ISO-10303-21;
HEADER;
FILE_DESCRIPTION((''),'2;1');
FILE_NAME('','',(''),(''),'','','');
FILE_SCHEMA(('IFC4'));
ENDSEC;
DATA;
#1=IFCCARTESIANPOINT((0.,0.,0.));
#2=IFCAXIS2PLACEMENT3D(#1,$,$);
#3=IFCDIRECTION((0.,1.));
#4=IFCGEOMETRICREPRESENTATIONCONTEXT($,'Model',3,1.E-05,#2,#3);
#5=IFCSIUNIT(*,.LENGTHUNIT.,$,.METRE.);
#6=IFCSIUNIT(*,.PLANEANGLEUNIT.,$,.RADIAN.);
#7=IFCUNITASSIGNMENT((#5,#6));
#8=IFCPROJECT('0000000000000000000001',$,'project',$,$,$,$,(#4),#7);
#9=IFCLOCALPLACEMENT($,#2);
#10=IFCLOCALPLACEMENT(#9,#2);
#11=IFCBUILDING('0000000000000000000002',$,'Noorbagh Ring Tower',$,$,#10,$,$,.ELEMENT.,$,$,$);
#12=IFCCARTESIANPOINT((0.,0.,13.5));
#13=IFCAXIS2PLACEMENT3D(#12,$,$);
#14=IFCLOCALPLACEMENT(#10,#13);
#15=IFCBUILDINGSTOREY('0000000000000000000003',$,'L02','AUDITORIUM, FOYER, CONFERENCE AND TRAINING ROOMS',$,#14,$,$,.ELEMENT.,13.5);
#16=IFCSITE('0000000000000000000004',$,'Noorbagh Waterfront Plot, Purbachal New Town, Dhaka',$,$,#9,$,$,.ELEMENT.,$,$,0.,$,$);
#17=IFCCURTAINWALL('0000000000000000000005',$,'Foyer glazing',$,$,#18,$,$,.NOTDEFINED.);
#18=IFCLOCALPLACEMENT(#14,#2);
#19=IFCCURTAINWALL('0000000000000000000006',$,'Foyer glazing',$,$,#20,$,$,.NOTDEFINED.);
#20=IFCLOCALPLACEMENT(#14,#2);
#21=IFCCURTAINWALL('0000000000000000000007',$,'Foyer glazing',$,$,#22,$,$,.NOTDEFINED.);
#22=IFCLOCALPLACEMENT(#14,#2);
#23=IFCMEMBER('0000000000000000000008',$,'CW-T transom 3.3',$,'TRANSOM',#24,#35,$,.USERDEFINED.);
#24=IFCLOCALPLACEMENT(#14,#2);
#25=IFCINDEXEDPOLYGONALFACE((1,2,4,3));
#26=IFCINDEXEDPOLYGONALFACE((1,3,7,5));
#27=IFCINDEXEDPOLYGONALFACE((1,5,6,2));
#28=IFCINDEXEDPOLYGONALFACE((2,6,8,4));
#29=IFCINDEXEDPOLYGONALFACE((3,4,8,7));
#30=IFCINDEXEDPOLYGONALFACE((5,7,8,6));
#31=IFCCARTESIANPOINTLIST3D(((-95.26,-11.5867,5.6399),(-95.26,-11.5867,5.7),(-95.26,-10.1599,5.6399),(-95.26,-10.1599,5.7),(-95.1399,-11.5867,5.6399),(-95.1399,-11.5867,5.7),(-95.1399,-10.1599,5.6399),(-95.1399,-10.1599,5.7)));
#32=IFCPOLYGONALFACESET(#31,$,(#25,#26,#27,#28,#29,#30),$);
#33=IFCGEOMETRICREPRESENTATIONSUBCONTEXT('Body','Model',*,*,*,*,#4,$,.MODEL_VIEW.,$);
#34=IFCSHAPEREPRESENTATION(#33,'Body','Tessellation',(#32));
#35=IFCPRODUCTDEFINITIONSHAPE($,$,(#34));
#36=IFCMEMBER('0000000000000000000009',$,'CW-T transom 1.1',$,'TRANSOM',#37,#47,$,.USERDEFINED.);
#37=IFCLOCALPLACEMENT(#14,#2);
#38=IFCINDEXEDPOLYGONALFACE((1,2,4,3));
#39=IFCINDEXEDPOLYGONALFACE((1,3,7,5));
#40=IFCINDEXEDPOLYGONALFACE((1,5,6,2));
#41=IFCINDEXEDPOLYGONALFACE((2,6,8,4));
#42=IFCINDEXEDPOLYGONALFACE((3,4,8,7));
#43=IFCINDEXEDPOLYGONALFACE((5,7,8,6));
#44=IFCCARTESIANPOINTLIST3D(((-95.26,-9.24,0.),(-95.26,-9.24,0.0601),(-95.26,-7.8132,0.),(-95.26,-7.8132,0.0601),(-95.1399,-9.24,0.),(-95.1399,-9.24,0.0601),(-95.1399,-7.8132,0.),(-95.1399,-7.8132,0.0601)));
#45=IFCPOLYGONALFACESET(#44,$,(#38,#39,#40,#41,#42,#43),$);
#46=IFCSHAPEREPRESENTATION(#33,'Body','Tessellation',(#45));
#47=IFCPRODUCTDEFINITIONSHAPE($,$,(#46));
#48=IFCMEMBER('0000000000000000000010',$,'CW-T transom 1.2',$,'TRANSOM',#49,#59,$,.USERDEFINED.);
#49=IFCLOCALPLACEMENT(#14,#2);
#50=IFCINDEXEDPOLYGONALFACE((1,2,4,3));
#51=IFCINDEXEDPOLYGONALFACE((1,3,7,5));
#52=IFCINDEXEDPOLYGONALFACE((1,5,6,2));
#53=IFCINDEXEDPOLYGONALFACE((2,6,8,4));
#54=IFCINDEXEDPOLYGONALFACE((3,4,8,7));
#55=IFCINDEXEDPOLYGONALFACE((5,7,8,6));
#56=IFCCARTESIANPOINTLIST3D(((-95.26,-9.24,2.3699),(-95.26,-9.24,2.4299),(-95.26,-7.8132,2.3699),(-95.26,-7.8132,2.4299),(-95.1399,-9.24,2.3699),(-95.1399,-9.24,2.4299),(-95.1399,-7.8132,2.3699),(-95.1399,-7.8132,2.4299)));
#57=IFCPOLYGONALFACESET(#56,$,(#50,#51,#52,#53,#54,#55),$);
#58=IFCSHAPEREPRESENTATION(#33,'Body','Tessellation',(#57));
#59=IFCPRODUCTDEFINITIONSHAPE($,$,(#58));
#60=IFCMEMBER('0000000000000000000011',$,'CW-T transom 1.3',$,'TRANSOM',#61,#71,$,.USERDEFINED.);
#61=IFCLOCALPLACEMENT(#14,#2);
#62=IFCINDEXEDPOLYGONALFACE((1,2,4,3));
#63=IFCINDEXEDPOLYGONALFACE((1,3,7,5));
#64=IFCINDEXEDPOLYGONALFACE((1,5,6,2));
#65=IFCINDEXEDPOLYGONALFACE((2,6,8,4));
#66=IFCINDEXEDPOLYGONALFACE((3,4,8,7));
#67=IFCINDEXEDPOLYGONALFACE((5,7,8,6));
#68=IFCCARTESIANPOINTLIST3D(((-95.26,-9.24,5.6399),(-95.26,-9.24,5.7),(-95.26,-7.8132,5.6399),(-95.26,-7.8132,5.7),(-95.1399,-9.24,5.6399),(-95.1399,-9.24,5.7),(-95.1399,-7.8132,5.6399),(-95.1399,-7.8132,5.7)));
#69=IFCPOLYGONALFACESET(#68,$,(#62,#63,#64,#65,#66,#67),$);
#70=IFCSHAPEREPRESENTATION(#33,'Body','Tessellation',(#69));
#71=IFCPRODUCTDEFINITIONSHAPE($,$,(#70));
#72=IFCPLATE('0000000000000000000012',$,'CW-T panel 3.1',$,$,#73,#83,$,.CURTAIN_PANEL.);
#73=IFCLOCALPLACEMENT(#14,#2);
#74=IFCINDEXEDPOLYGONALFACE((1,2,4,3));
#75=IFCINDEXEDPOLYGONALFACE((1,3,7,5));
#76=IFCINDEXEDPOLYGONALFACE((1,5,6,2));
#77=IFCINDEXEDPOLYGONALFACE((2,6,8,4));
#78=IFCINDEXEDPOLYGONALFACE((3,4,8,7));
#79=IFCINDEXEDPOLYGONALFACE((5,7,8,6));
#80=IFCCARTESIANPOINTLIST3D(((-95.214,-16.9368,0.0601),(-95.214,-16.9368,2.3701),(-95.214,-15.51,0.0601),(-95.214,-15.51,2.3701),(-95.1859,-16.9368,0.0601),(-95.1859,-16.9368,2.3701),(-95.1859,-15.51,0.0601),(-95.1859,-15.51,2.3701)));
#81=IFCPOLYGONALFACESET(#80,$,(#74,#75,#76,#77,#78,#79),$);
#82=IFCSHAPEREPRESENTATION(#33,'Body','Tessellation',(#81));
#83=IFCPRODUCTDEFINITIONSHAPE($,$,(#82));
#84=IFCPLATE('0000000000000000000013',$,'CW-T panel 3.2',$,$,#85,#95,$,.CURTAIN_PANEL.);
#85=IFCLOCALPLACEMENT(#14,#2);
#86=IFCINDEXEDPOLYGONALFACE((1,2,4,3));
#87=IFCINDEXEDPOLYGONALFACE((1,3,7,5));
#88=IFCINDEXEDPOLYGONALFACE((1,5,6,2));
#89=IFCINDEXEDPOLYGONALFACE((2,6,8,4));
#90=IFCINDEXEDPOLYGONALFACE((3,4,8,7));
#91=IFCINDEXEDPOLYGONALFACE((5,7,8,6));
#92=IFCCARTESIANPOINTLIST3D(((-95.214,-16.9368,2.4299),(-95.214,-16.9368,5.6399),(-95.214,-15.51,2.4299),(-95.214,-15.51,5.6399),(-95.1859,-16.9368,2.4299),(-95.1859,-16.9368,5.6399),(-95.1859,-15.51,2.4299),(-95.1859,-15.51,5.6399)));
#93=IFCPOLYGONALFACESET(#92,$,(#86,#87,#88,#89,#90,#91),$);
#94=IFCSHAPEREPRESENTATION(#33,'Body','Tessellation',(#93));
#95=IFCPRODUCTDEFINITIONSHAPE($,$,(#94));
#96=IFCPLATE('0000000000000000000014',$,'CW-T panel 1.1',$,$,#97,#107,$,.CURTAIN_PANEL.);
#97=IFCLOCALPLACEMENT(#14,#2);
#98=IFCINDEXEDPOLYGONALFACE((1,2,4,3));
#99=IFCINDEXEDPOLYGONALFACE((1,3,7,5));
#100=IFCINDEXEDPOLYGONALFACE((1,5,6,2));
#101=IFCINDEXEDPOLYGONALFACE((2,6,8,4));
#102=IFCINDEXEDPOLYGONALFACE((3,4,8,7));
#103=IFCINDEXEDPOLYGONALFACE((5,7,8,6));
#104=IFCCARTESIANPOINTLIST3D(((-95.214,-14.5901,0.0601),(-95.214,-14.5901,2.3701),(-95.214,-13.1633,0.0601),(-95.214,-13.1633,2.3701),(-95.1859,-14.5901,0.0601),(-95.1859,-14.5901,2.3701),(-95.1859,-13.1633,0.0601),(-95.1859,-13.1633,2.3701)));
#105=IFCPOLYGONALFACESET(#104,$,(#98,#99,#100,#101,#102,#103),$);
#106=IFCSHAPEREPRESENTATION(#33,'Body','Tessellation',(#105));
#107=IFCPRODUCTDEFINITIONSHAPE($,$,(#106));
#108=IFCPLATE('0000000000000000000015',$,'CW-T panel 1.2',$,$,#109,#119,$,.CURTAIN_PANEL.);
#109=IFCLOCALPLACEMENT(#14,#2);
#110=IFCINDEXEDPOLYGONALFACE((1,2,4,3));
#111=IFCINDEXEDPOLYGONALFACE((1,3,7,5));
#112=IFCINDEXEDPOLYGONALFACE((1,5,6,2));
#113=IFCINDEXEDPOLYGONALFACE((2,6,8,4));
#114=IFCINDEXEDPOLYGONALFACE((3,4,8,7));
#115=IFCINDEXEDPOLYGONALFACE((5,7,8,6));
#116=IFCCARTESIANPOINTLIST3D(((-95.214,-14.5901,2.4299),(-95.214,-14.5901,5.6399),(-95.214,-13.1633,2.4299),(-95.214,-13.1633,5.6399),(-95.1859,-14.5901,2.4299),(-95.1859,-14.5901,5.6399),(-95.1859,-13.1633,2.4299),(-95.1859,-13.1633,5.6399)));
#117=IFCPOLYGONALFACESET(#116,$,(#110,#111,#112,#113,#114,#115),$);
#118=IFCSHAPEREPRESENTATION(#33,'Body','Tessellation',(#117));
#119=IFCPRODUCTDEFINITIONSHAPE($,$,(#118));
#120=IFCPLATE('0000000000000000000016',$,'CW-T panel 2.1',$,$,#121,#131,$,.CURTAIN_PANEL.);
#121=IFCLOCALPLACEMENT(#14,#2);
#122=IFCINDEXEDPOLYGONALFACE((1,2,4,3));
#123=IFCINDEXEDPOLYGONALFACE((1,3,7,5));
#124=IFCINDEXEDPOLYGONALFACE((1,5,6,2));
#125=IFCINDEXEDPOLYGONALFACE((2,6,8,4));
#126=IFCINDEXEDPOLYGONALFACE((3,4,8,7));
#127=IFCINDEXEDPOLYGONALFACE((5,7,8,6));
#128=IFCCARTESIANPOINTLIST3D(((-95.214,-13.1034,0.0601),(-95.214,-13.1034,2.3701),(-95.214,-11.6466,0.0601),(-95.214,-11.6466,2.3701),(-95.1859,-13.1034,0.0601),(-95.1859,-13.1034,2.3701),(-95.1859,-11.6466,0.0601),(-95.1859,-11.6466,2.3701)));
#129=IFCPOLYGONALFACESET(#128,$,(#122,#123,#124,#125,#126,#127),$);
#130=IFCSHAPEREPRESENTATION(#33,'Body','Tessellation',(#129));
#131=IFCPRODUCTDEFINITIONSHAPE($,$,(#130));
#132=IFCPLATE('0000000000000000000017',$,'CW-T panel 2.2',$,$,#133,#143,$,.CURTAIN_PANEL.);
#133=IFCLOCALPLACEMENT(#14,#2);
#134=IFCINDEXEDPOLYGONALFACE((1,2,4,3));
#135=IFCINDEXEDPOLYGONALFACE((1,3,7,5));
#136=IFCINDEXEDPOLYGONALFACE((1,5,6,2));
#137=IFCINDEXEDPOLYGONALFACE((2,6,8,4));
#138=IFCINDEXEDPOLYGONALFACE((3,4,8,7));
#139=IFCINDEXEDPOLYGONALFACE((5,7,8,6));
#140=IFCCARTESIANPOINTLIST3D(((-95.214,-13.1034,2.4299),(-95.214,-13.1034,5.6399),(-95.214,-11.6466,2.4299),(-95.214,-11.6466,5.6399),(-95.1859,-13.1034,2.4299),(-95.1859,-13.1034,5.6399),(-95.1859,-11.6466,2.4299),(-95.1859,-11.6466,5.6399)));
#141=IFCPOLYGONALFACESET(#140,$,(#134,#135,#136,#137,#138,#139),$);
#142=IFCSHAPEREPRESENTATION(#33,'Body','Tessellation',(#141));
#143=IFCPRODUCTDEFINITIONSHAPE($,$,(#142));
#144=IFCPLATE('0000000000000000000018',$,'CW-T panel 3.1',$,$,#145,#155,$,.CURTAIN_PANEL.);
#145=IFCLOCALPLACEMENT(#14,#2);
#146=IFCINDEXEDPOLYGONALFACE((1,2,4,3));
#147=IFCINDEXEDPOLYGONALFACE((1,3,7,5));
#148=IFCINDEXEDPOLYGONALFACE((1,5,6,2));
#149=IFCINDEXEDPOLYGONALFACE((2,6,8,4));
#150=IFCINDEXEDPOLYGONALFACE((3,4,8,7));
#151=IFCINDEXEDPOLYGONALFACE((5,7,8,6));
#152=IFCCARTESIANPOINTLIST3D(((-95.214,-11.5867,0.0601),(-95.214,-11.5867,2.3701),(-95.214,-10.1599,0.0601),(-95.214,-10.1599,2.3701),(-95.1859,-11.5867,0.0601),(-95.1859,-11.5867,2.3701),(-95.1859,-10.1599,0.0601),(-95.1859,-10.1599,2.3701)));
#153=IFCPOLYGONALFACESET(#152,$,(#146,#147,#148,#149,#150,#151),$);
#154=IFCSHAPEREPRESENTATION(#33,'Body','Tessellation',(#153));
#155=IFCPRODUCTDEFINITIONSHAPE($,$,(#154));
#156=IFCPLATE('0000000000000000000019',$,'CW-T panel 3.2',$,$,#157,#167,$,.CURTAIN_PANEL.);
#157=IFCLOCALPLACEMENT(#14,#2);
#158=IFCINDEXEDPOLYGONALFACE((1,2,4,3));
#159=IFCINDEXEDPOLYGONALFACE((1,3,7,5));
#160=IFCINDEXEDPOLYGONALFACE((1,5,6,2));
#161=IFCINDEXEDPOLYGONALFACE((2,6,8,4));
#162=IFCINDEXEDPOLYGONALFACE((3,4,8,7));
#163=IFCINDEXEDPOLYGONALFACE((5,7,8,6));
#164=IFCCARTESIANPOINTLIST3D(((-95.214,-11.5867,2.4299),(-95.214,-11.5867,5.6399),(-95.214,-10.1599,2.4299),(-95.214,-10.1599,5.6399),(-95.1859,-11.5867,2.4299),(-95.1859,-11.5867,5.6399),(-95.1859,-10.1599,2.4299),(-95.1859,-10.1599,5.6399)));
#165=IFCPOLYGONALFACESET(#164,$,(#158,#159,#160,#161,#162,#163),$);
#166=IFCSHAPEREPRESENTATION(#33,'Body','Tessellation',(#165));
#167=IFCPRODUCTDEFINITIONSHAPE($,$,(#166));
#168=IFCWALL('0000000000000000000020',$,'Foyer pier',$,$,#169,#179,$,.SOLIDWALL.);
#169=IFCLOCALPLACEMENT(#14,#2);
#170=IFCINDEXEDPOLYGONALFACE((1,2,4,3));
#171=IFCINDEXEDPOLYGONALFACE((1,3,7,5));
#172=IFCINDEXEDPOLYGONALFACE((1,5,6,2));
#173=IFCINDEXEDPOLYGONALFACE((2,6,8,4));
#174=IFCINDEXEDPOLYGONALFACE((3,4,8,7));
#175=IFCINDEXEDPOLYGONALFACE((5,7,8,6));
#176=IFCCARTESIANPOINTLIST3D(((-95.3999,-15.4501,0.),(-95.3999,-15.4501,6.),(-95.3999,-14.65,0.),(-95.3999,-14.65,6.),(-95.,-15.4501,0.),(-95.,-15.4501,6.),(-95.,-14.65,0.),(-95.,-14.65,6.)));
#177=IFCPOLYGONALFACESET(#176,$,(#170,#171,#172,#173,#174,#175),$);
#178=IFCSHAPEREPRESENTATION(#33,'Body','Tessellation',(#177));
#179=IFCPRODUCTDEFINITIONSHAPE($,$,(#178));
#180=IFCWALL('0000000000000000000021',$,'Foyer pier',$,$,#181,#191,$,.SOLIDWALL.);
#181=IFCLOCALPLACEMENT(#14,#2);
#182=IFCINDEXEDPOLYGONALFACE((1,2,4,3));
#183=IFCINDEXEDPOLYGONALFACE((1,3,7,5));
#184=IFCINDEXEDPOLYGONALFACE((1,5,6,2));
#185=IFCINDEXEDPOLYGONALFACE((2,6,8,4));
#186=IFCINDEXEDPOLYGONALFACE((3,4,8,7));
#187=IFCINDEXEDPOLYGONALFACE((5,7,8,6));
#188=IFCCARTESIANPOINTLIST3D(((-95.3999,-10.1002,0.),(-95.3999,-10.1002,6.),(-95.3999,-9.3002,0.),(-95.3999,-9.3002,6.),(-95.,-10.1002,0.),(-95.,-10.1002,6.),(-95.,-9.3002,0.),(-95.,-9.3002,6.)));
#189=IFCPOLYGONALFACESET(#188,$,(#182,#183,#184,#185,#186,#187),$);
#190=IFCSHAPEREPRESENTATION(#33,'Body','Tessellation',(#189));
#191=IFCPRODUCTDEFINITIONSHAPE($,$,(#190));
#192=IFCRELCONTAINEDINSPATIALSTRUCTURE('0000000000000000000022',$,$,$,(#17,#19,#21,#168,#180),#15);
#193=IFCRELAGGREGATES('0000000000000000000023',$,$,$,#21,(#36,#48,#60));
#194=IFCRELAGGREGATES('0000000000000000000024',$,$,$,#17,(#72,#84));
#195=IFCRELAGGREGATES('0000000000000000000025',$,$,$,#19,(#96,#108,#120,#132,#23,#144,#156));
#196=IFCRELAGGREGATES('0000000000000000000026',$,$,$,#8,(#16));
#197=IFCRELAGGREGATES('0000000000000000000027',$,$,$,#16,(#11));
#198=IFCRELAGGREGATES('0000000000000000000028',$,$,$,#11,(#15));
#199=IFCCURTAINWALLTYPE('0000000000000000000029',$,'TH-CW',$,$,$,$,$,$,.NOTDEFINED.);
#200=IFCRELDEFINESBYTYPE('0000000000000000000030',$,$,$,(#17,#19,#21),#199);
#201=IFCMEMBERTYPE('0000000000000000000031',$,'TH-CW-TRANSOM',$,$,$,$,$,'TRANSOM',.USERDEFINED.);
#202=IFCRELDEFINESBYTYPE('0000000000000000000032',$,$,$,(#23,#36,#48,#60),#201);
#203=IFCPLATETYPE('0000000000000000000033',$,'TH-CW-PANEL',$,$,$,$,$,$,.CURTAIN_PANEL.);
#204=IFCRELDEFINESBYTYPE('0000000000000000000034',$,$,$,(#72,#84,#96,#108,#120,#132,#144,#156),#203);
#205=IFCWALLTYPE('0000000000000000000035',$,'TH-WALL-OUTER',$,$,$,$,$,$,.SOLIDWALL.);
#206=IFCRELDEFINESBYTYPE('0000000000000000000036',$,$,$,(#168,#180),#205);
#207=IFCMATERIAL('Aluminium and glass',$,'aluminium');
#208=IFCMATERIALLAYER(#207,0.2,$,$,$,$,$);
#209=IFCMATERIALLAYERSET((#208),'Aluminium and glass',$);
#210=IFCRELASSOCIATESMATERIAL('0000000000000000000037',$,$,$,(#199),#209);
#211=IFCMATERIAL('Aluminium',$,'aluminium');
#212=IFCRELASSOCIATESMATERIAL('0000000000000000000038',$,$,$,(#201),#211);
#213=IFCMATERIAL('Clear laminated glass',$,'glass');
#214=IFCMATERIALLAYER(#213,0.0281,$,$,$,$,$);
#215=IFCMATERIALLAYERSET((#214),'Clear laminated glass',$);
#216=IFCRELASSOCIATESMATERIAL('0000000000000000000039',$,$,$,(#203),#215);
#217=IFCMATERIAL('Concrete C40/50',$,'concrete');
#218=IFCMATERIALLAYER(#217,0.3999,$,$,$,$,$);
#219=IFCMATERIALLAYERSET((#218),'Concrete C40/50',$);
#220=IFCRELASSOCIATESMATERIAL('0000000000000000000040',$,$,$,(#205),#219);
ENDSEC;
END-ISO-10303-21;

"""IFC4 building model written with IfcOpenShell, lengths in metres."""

from ifc_helpers import new_model, si_unit, direction, frame, frame_2d, origin, origin_2d, place, context, subcontext, project, spatial, rectangle, extrude, material, layer, layer_set, material_profile, profile_set, type_object, element, aggregate, save


model = new_model("IFC4")

# Units and contexts
model_context = context("Model", 3, precision=1e-05, world=origin(), true_north=direction((0.0, 1.0)))
body_context = subcontext(model_context, "Body", "Model", "MODEL_VIEW")
ifc_project = project(units=[si_unit("LENGTHUNIT", "METRE"), si_unit("PLANEANGLEUNIT", "RADIAN")], contexts=[model_context])

# Site, building, storey
site_placement = place(None, origin())
site = spatial("IfcSite", under=ifc_project, at=site_placement, Name="Noorbagh Waterfront Plot, Purbachal New Town, Dhaka", CompositionType="ELEMENT", RefElevation=0.0)
building_placement = place(site_placement, origin())
building = spatial("IfcBuilding", under=site, at=building_placement, Name="Noorbagh Ring Tower", CompositionType="ELEMENT")
storey_placement = place(building_placement, frame((0.0, 0.0, 13.5)))
storey = spatial("IfcBuildingStorey", under=building, at=storey_placement, Name="L02", Description="AUDITORIUM, FOYER, CONFERENCE AND TRAINING ROOMS", CompositionType="ELEMENT", Elevation=13.5)

# Curtain wall
ifc_material_1 = material(Name="Aluminium and glass", Category="aluminium")
ifc_layer_1 = layer(ifc_material_1, 0.2)
ifc_layer_set_1 = layer_set([ifc_layer_1], Name="Aluminium and glass")
curtain_wall_type = type_object("IfcCurtainWallType", Name="TH-CW", PredefinedType="NOTDEFINED", material=ifc_layer_set_1)
curtain_wall_1_placement = place(storey_placement, origin())
curtain_wall_1 = element("IfcCurtainWall", 1, at=curtain_wall_1_placement, inside=storey, type_object=curtain_wall_type, Name="Foyer glazing", PredefinedType="NOTDEFINED")

# Curtain wall
curtain_wall_2_placement = place(storey_placement, origin())
curtain_wall_2 = element("IfcCurtainWall", 2, at=curtain_wall_2_placement, inside=storey, type_object=curtain_wall_type, Name="Foyer glazing", PredefinedType="NOTDEFINED")

# Curtain wall
curtain_wall_3_placement = place(storey_placement, origin())
curtain_wall_3 = element("IfcCurtainWall", 3, at=curtain_wall_3_placement, inside=storey, type_object=curtain_wall_type, Name="Foyer glazing", PredefinedType="NOTDEFINED")

# Members
ifc_material_2 = material(Name="Aluminium", Category="aluminium")
ifc_material_profile_1 = material_profile(ifc_material_2, rectangle(XDim=0.1201, YDim=0.0601, at=origin_2d()), Name="AL 120x60")
ifc_profile_set_1 = profile_set([ifc_material_profile_1], Name="Aluminium")
member_type_1 = type_object("IfcMemberType", Name="TH-CW-TRANSOM", ElementType="TRANSOM", PredefinedType="USERDEFINED", material=ifc_profile_set_1)
member_1_placement = place(storey_placement, frame((-95.2, -11.5867, 5.6699), z_axis=(0.0, 1.0, 0.0), x_axis=(-1.0, 0.0, 0.0)))
member_1 = element("IfcMember", 4, at=member_1_placement, type_object=member_type_1, Name="CW-T transom 3.3", ObjectType="TRANSOM", PredefinedType="USERDEFINED", context=body_context, shape_type="SweptSolid", body=[
    extrude(rectangle(XDim=0.1201, YDim=0.0601, at=origin_2d()), origin(), (0.0, 0.0, 1.0), 1.4268),
])
member_2_placement = place(storey_placement, frame((-95.2, -9.24, 0.03), z_axis=(0.0, 1.0, 0.0), x_axis=(-1.0, 0.0, 0.0)))
member_2 = element("IfcMember", 5, at=member_2_placement, type_object=member_type_1, Name="CW-T transom 1.1", ObjectType="TRANSOM", PredefinedType="USERDEFINED", context=body_context, shape_type="SweptSolid", body=[
    extrude(rectangle(XDim=0.1201, YDim=0.0601, at=origin_2d()), origin(), (0.0, 0.0, 1.0), 1.4268),
])
member_3_placement = place(storey_placement, frame((-95.2, -9.24, 2.3999), z_axis=(0.0, 1.0, 0.0), x_axis=(-1.0, 0.0, 0.0)))
member_3 = element("IfcMember", 6, at=member_3_placement, type_object=member_type_1, Name="CW-T transom 1.2", ObjectType="TRANSOM", PredefinedType="USERDEFINED", context=body_context, shape_type="SweptSolid", body=[
    extrude(rectangle(XDim=0.1201, YDim=0.0601, at=origin_2d()), origin(), (0.0, 0.0, 1.0), 1.4268),
])
member_4_placement = place(storey_placement, frame((-95.2, -9.24, 5.6699), z_axis=(0.0, 1.0, 0.0), x_axis=(-1.0, 0.0, 0.0)))
member_4 = element("IfcMember", 7, at=member_4_placement, type_object=member_type_1, Name="CW-T transom 1.3", ObjectType="TRANSOM", PredefinedType="USERDEFINED", context=body_context, shape_type="SweptSolid", body=[
    extrude(rectangle(XDim=0.1201, YDim=0.0601, at=origin_2d()), origin(), (0.0, 0.0, 1.0), 1.4268),
])
aggregate(curtain_wall_3, [member_2, member_3, member_4])

# Plates
ifc_material_3 = material(Name="Clear laminated glass", Category="glass")
ifc_layer_2 = layer(ifc_material_3, 0.0281)
ifc_layer_set_2 = layer_set([ifc_layer_2], Name="Clear laminated glass")
plate_type = type_object("IfcPlateType", Name="TH-CW-PANEL", PredefinedType="CURTAIN_PANEL", material=ifc_layer_set_2)
plate_1_placement = place(storey_placement, frame((-95.2, -16.2234, 0.0601), z_axis=(0.0, 0.0, 1.0), x_axis=(0.0, 1.0, 0.0)))
plate_1 = element("IfcPlate", 8, at=plate_1_placement, type_object=plate_type, Name="CW-T panel 3.1", PredefinedType="CURTAIN_PANEL", context=body_context, shape_type="SweptSolid", body=[
    extrude(rectangle(XDim=1.4268, YDim=0.0281, at=origin_2d()), origin(), (0.0, 0.0, 1.0), 2.3101),
])
plate_2_placement = place(storey_placement, frame((-95.2, -16.2234, 2.4299), z_axis=(0.0, 0.0, 1.0), x_axis=(0.0, 1.0, 0.0)))
plate_2 = element("IfcPlate", 9, at=plate_2_placement, type_object=plate_type, Name="CW-T panel 3.2", PredefinedType="CURTAIN_PANEL", context=body_context, shape_type="SweptSolid", body=[
    extrude(rectangle(XDim=1.4268, YDim=0.0281, at=origin_2d()), origin(), (0.0, 0.0, 1.0), 3.21),
])
aggregate(curtain_wall_1, [plate_1, plate_2])
plate_3_placement = place(storey_placement, frame((-95.2, -13.8767, 0.0601), z_axis=(0.0, 0.0, 1.0), x_axis=(0.0, 1.0, 0.0)))
plate_3 = element("IfcPlate", 10, at=plate_3_placement, type_object=plate_type, Name="CW-T panel 1.1", PredefinedType="CURTAIN_PANEL", context=body_context, shape_type="SweptSolid", body=[
    extrude(rectangle(XDim=1.4268, YDim=0.0281, at=origin_2d()), origin(), (0.0, 0.0, 1.0), 2.3101),
])
plate_4_placement = place(storey_placement, frame((-95.2, -13.8767, 2.4299), z_axis=(0.0, 0.0, 1.0), x_axis=(0.0, 1.0, 0.0)))
plate_4 = element("IfcPlate", 11, at=plate_4_placement, type_object=plate_type, Name="CW-T panel 1.2", PredefinedType="CURTAIN_PANEL", context=body_context, shape_type="SweptSolid", body=[
    extrude(rectangle(XDim=1.4268, YDim=0.0281, at=origin_2d()), origin(), (0.0, 0.0, 1.0), 3.21),
])
plate_5_placement = place(storey_placement, frame((-95.2, -12.375, 0.0601), z_axis=(0.0, 0.0, 1.0), x_axis=(0.0, 1.0, 0.0)))
plate_5 = element("IfcPlate", 12, at=plate_5_placement, type_object=plate_type, Name="CW-T panel 2.1", PredefinedType="CURTAIN_PANEL", context=body_context, shape_type="SweptSolid", body=[
    extrude(rectangle(XDim=1.4568, YDim=0.0281, at=origin_2d()), origin(), (0.0, 0.0, 1.0), 2.3101),
])
plate_6_placement = place(storey_placement, frame((-95.2, -12.375, 2.4299), z_axis=(0.0, 0.0, 1.0), x_axis=(0.0, 1.0, 0.0)))
plate_6 = element("IfcPlate", 13, at=plate_6_placement, type_object=plate_type, Name="CW-T panel 2.2", PredefinedType="CURTAIN_PANEL", context=body_context, shape_type="SweptSolid", body=[
    extrude(rectangle(XDim=1.4568, YDim=0.0281, at=origin_2d()), origin(), (0.0, 0.0, 1.0), 3.21),
])
plate_7_placement = place(storey_placement, frame((-95.2, -10.8733, 0.0601), z_axis=(0.0, 0.0, 1.0), x_axis=(0.0, 1.0, 0.0)))
plate_7 = element("IfcPlate", 14, at=plate_7_placement, type_object=plate_type, Name="CW-T panel 3.1", PredefinedType="CURTAIN_PANEL", context=body_context, shape_type="SweptSolid", body=[
    extrude(rectangle(XDim=1.4268, YDim=0.0281, at=origin_2d()), origin(), (0.0, 0.0, 1.0), 2.3101),
])
plate_8_placement = place(storey_placement, frame((-95.2, -10.8733, 2.4299), z_axis=(0.0, 0.0, 1.0), x_axis=(0.0, 1.0, 0.0)))
plate_8 = element("IfcPlate", 15, at=plate_8_placement, type_object=plate_type, Name="CW-T panel 3.2", PredefinedType="CURTAIN_PANEL", context=body_context, shape_type="SweptSolid", body=[
    extrude(rectangle(XDim=1.4268, YDim=0.0281, at=origin_2d()), origin(), (0.0, 0.0, 1.0), 3.21),
])
aggregate(curtain_wall_2, [plate_3, plate_4, plate_5, plate_6, member_1, plate_7, plate_8])

# Walls
ifc_material_4 = material(Name="Concrete C40/50", Category="concrete")
ifc_layer_3 = layer(ifc_material_4, 0.3999)
ifc_layer_set_3 = layer_set([ifc_layer_3], Name="Concrete C40/50")
wall_type = type_object("IfcWallType", Name="TH-WALL-OUTER", PredefinedType="SOLIDWALL", material=ifc_layer_set_3)
for number, where, z_axis, x_axis, name in (
    (16, (-95.2, -15.45, 0.0), (0.0, 0.0, 1.0), (0.0, 1.0, 0.0), "Foyer pier"),
    (17, (-95.2, -10.1001, 0.0), (0.0, 0.0, 1.0), (0.0, 1.0, 0.0), "Foyer pier"),
):
    element("IfcWall", number, at=place(storey_placement, frame(where, z_axis=z_axis, x_axis=x_axis)), inside=storey, type_object=wall_type, Name=name, PredefinedType="SOLIDWALL", context=body_context, shape_type="SweptSolid", body=[
        extrude(rectangle(XDim=0.8, YDim=0.3999, at=frame_2d((0.3999, 0.0))), origin(), (0.0, 0.0, 1.0), 6.0),
    ])

save(model, "model.ifc")
